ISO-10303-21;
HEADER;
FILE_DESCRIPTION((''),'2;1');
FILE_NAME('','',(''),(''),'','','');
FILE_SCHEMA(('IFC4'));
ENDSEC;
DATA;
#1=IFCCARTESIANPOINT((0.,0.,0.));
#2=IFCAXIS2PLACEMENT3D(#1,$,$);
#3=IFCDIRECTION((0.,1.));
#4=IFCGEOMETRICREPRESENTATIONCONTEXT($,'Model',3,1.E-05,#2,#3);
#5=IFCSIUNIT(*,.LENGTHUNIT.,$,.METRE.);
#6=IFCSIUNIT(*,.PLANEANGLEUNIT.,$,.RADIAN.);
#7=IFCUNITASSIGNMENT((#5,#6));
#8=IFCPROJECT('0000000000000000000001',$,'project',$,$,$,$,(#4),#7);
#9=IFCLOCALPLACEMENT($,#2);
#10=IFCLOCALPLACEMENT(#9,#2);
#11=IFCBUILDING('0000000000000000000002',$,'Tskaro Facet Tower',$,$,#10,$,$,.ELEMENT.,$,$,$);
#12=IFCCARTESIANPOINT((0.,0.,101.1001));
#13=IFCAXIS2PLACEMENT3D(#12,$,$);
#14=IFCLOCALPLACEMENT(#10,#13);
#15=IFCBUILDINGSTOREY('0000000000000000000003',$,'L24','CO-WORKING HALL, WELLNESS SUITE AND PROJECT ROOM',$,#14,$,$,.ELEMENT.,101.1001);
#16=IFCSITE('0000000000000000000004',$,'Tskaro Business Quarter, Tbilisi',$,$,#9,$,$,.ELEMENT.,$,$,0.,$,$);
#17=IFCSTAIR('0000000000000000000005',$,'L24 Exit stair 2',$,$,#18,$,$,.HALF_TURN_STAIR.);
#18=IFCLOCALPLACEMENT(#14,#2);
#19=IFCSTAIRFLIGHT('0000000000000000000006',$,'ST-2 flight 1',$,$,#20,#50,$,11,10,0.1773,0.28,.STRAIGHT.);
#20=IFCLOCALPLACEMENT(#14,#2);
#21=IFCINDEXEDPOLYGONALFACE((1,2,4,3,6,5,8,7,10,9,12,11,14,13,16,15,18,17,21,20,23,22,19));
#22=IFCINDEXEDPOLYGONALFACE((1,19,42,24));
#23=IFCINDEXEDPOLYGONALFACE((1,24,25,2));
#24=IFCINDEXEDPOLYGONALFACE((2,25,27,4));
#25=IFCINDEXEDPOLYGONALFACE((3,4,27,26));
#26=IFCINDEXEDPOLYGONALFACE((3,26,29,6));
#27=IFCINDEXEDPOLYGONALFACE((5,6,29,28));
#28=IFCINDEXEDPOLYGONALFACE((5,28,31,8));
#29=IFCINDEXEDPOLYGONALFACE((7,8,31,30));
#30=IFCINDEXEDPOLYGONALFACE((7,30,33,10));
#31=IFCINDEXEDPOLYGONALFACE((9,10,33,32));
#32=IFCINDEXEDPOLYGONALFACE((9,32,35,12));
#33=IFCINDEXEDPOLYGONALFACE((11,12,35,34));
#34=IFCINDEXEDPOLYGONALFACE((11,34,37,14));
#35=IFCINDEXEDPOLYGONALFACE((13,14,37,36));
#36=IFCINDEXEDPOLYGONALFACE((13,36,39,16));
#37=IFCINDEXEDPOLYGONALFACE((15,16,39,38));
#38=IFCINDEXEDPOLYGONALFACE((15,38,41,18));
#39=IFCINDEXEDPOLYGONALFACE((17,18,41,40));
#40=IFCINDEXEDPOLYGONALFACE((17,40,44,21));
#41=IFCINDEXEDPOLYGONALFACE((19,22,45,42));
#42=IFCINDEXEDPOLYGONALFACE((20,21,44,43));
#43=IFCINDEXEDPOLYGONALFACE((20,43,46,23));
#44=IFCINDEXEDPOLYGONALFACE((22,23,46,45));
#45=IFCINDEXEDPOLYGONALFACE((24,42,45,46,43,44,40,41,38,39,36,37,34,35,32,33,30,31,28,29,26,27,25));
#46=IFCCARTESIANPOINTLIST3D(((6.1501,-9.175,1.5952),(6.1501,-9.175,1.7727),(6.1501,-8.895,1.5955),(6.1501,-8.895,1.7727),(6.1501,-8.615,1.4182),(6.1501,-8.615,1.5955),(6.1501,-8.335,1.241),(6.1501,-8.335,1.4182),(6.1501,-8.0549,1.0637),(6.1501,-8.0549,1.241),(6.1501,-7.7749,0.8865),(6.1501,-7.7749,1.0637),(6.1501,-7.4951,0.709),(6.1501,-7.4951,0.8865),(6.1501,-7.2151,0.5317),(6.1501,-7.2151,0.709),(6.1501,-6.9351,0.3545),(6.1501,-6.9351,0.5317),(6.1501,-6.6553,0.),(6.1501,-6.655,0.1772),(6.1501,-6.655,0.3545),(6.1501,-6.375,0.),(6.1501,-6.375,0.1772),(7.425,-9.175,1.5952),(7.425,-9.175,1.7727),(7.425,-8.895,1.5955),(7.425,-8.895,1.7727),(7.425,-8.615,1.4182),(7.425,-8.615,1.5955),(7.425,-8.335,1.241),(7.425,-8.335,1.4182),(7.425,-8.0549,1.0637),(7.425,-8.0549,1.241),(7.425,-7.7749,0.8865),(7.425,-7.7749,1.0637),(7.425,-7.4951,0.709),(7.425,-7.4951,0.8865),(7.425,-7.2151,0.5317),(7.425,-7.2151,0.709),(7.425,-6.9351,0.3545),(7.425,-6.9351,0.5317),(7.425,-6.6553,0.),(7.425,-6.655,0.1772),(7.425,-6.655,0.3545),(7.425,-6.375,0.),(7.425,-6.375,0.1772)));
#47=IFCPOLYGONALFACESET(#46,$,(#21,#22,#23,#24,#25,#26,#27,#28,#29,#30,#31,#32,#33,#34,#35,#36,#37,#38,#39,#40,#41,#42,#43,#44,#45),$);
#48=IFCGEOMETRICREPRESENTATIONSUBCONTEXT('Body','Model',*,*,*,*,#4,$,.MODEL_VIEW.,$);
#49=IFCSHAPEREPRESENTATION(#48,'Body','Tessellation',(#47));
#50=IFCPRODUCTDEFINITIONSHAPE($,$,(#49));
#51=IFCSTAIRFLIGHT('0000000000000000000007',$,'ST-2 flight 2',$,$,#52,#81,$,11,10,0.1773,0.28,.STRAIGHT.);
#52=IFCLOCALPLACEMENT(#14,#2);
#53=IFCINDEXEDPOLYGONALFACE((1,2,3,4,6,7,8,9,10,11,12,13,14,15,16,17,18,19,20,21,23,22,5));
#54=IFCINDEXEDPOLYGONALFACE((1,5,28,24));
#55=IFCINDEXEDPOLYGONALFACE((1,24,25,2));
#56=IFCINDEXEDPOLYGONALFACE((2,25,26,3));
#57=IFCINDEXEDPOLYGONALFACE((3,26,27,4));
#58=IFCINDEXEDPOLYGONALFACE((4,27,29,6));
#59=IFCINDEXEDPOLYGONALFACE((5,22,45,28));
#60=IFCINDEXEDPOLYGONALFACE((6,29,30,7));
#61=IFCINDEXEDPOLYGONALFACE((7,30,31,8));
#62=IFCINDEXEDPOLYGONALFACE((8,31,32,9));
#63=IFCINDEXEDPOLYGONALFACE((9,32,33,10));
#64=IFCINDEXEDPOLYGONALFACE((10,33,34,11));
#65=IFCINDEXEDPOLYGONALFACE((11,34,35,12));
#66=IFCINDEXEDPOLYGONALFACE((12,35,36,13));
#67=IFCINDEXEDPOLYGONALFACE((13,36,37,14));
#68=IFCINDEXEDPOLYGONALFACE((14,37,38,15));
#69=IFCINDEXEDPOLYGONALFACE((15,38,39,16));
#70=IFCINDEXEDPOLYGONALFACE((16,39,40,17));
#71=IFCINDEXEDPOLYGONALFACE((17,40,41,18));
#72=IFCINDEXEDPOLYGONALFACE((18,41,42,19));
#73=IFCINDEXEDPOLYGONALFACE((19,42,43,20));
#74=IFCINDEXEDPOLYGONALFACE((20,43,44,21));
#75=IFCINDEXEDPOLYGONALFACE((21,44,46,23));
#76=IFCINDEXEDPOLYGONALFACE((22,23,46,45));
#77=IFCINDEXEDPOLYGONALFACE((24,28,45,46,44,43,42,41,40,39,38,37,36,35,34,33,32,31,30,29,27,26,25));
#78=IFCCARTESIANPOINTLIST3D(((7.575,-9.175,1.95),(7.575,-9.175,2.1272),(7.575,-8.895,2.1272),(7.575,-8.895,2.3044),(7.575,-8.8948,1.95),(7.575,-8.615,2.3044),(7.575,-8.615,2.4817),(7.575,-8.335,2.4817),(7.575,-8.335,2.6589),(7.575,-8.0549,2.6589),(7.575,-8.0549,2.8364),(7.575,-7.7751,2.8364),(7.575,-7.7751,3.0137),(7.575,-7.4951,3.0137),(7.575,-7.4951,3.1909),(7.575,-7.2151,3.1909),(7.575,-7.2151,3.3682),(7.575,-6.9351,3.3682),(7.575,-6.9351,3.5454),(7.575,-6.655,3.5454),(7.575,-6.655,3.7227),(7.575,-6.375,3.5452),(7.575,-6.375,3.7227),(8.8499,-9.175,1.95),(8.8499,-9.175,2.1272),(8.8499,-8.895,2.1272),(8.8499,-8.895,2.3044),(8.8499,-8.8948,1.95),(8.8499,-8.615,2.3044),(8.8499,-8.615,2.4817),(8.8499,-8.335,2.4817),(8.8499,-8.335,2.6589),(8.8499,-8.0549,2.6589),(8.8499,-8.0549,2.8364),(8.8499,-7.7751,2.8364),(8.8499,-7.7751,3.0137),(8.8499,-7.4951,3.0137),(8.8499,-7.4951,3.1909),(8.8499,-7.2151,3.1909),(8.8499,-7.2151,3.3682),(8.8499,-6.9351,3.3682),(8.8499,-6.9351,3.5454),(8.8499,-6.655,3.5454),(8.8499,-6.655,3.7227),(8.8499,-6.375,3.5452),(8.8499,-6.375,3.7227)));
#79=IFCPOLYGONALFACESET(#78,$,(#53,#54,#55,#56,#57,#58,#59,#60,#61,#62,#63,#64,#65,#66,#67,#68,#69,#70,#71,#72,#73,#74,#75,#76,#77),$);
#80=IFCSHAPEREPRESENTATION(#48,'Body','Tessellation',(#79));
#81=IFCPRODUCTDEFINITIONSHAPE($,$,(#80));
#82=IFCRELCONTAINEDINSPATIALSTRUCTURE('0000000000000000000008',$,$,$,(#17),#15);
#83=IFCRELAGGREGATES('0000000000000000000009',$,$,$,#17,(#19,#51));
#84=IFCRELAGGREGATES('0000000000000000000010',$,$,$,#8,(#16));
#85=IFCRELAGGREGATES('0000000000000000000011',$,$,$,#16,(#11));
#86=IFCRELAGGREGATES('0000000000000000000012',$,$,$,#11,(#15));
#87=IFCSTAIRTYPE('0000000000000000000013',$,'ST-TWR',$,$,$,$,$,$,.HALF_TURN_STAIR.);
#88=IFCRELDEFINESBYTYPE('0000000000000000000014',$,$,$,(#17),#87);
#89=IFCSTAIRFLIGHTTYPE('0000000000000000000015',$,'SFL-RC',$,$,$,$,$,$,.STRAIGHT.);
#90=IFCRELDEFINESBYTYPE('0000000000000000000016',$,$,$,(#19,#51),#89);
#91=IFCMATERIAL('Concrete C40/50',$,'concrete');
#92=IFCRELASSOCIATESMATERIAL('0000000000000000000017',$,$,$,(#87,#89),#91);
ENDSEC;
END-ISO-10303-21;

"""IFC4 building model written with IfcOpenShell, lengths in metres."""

from ifc_helpers import new_model, si_unit, direction, frame, origin, place, context, subcontext, project, spatial, polyline, outline, extrude, material, type_object, element, aggregate, save


model = new_model("IFC4")

# Units and contexts
model_context = context("Model", 3, precision=1e-05, world=origin(), true_north=direction((0.0, 1.0)))
body_context = subcontext(model_context, "Body", "Model", "MODEL_VIEW")
ifc_project = project(units=[si_unit("LENGTHUNIT", "METRE"), si_unit("PLANEANGLEUNIT", "RADIAN")], contexts=[model_context])

# Site, building, storey
site_placement = place(None, origin())
site = spatial("IfcSite", under=ifc_project, at=site_placement, Name="Tskaro Business Quarter, Tbilisi", CompositionType="ELEMENT", RefElevation=0.0)
building_placement = place(site_placement, origin())
building = spatial("IfcBuilding", under=site, at=building_placement, Name="Tskaro Facet Tower", CompositionType="ELEMENT")
storey_placement = place(building_placement, frame((0.0, 0.0, 101.1001)))
storey = spatial("IfcBuildingStorey", under=building, at=storey_placement, Name="L24", Description="CO-WORKING HALL, WELLNESS SUITE AND PROJECT ROOM", CompositionType="ELEMENT", Elevation=101.1001)

# Shared definitions
ifc_material_1 = material(Name="Concrete C40/50", Category="concrete")

# Stair, stair flights
stair_type = type_object("IfcStairType", Name="ST-TWR", PredefinedType="HALF_TURN_STAIR", material=ifc_material_1)
stair_placement = place(storey_placement, origin())
stair = element("IfcStair", 1, at=stair_placement, inside=storey, type_object=stair_type, Name="L24 Exit stair 2", PredefinedType="HALF_TURN_STAIR")
stair_flight_type = type_object("IfcStairFlightType", Name="SFL-RC", PredefinedType="STRAIGHT", material=ifc_material_1)
stair_flight_1_placement = place(storey_placement, frame((6.7876, -6.375, 0.0), z_axis=(0.0, 0.0, 1.0), x_axis=(0.0, -1.0, 0.0)))
stair_flight_1 = element("IfcStairFlight", 2, at=stair_flight_1_placement, type_object=stair_flight_type, Name="ST-2 flight 1", NumberOfRisers=11, NumberOfTreads=10, PredefinedType="STRAIGHT", RiserHeight=0.1773, TreadLength=0.28, context=body_context, shape_type="SweptSolid", body=[
    extrude(outline(polyline([(0.0, 0.0), (0.0, 0.1772), (0.28, 0.1772), (0.28, 0.3545), (0.5601, 0.3545), (0.5601, 0.5317), (0.8401, 0.5317), (0.8401, 0.709), (1.1201, 0.709), (1.1201, 0.8865), (1.3999, 0.8865), (1.3999, 1.0637), (1.6799, 1.0637), (1.6799, 1.241), (1.96, 1.241), (1.96, 1.4182), (2.24, 1.4182), (2.24, 1.5955), (2.52, 1.5955), (2.52, 1.7727), (2.8, 1.7727), (2.8, 1.95), (2.8, 1.5952), (0.2803, 0.0), (0.0, 0.0)])), frame((0.0, 0.6375, 0.0), z_axis=(0.0, -1.0, 0.0), x_axis=(1.0, 0.0, 0.0)), (0.0, 0.0, 1.0), 1.2749),
])
stair_flight_2_placement = place(storey_placement, frame((8.2124, -9.175, 1.95), z_axis=(0.0, 0.0, 1.0), x_axis=(0.0, 1.0, 0.0)))
stair_flight_2 = element("IfcStairFlight", 3, at=stair_flight_2_placement, type_object=stair_flight_type, Name="ST-2 flight 2", NumberOfRisers=11, NumberOfTreads=10, PredefinedType="STRAIGHT", RiserHeight=0.1773, TreadLength=0.28, context=body_context, shape_type="SweptSolid", body=[
    extrude(outline(polyline([(0.0, 0.0), (0.0, 0.1772), (0.28, 0.1772), (0.28, 0.3545), (0.5601, 0.3545), (0.5601, 0.5317), (0.8401, 0.5317), (0.8401, 0.709), (1.1201, 0.709), (1.1201, 0.8865), (1.3999, 0.8865), (1.3999, 1.0637), (1.6799, 1.0637), (1.6799, 1.241), (1.96, 1.241), (1.96, 1.4182), (2.24, 1.4182), (2.24, 1.5955), (2.52, 1.5955), (2.52, 1.7727), (2.8, 1.7727), (2.8, 1.95), (2.8, 1.5952), (0.2803, 0.0), (0.0, 0.0)])), frame((0.0, 0.6375, 0.0), z_axis=(0.0, -1.0, 0.0), x_axis=(1.0, 0.0, 0.0)), (0.0, 0.0, 1.0), 1.2749),
])
aggregate(stair, [stair_flight_1, stair_flight_2])

save(model, "model.ifc")
